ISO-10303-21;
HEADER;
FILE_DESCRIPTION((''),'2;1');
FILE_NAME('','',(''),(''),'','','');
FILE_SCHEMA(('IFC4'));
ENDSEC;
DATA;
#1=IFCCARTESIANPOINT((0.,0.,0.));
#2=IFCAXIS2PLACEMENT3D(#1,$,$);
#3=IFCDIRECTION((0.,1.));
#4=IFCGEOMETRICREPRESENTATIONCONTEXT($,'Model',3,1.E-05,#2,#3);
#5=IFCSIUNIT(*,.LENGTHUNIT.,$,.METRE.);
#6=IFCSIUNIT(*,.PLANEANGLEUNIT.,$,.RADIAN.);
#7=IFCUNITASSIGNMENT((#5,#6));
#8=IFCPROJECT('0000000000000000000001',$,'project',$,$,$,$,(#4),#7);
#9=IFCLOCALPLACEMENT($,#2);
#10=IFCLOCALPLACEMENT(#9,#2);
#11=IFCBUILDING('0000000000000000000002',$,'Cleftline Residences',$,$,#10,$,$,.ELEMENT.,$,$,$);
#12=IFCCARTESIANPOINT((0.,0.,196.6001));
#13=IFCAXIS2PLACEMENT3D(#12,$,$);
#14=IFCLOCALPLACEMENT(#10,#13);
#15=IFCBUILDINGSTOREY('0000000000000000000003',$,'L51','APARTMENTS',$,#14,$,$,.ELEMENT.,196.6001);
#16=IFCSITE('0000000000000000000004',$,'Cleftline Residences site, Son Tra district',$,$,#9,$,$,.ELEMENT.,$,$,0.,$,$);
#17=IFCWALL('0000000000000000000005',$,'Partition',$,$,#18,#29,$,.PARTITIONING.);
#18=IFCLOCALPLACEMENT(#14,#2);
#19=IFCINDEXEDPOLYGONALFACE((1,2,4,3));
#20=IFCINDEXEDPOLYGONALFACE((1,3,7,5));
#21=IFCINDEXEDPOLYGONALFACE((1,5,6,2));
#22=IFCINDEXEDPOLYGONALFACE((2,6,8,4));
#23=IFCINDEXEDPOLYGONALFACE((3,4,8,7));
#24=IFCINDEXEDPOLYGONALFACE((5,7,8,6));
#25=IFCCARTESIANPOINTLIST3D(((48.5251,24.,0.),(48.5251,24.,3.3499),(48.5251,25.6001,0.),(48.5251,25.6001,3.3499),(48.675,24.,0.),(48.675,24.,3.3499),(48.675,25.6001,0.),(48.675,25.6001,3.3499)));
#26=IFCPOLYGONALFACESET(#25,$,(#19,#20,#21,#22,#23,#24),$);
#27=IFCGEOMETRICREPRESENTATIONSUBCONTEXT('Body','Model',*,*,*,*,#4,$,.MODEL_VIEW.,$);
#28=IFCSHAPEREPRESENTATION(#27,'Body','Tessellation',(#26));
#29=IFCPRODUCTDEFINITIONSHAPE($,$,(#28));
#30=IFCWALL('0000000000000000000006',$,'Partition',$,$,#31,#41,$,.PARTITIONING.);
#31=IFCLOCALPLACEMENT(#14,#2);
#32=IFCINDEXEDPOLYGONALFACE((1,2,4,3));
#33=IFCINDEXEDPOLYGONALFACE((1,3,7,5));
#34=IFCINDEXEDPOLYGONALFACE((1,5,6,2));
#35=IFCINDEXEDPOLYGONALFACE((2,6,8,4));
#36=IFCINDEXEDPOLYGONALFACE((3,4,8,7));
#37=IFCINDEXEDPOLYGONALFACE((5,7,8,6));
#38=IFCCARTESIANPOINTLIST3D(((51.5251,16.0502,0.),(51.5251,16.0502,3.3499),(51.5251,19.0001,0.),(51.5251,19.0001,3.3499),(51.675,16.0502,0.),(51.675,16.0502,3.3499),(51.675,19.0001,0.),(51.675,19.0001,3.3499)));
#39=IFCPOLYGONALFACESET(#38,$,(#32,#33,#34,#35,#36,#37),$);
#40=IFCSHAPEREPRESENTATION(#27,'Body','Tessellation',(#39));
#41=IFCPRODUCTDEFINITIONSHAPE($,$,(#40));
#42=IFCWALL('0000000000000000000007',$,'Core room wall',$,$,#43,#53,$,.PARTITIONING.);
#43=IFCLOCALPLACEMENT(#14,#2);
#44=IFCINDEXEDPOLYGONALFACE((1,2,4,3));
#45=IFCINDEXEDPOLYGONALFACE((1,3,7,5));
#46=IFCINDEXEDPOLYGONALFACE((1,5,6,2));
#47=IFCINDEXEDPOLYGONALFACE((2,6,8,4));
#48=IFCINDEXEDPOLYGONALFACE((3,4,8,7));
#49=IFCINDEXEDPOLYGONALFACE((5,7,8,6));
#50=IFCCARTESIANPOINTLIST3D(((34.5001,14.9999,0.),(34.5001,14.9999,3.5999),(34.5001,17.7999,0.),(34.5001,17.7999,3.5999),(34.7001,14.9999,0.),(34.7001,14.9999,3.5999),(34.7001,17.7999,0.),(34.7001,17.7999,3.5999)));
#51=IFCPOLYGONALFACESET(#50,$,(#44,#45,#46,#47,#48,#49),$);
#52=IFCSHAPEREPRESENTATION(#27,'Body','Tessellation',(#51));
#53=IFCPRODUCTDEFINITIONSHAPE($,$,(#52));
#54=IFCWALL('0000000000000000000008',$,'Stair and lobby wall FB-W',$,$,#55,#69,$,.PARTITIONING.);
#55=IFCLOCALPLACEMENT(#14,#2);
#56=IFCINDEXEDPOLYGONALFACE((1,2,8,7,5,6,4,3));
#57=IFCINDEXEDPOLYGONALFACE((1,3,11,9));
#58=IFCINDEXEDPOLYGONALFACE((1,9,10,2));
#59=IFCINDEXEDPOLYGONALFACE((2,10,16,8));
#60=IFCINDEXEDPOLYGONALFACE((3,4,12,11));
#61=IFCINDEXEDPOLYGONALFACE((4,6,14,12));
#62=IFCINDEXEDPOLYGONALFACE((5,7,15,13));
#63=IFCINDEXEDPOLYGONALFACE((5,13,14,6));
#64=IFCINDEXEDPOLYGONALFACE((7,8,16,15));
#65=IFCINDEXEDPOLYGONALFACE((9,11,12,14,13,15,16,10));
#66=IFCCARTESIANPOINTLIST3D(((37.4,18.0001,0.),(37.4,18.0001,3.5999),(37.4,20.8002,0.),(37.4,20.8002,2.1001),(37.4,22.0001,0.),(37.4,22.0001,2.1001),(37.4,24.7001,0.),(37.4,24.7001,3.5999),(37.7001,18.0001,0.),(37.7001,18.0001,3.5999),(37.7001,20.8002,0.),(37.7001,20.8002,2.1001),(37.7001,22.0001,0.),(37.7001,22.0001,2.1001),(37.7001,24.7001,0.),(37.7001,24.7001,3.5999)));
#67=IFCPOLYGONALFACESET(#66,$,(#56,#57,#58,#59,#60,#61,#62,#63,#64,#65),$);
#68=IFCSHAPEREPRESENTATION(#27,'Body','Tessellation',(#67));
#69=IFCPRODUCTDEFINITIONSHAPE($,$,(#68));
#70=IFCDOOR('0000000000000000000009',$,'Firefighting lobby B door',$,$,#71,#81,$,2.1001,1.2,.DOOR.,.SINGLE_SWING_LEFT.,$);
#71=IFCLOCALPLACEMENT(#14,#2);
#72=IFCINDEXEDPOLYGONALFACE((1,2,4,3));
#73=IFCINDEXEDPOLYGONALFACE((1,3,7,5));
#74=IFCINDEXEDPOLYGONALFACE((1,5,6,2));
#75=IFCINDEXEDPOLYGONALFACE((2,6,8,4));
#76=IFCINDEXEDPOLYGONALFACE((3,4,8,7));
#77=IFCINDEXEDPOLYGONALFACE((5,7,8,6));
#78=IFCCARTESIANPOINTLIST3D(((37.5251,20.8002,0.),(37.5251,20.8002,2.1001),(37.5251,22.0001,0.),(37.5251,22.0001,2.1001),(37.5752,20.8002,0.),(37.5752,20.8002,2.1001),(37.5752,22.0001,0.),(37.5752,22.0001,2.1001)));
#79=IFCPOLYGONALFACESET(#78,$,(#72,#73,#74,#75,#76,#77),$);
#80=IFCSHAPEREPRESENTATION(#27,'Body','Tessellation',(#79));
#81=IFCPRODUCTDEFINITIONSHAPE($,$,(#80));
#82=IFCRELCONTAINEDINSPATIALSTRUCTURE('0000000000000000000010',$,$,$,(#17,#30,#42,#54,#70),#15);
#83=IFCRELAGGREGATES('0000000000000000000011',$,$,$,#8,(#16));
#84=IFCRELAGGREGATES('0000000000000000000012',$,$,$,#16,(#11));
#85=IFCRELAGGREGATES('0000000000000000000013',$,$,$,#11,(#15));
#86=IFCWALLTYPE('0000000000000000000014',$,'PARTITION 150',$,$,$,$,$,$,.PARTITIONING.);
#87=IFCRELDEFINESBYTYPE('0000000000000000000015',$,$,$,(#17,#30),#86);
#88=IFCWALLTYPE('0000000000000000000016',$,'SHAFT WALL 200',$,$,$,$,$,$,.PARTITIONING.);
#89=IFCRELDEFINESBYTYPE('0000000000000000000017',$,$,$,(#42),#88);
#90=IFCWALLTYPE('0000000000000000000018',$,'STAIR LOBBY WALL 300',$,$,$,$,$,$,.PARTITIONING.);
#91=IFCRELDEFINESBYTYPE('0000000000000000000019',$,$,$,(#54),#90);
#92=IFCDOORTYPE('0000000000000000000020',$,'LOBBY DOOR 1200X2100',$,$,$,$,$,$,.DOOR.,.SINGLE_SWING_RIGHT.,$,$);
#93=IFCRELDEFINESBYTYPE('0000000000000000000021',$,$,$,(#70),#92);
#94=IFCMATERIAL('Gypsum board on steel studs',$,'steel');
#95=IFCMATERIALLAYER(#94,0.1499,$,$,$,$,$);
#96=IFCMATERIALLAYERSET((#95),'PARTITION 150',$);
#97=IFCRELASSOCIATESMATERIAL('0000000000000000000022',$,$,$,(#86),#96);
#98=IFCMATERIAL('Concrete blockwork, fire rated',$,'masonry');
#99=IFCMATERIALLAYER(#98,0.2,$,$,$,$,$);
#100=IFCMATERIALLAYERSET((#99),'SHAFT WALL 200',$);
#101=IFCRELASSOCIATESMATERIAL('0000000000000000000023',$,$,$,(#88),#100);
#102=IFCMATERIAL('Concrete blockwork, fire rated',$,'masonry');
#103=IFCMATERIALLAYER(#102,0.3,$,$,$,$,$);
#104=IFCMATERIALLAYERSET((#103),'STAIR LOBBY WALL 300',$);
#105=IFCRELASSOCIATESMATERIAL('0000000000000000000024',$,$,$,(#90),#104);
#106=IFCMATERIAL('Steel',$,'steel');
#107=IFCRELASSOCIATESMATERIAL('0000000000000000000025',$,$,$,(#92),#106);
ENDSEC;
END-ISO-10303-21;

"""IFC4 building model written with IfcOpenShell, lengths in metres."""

from ifc_helpers import new_model, si_unit, direction, frame, frame_2d, origin, place, context, subcontext, project, spatial, rectangle, extrude, material, layer, layer_set, type_object, element, fill, save


model = new_model("IFC4")

# Units and contexts
model_context = context("Model", 3, precision=1e-05, world=origin(), true_north=direction((0.0, 1.0)))
body_context = subcontext(model_context, "Body", "Model", "MODEL_VIEW")
ifc_project = project(units=[si_unit("LENGTHUNIT", "METRE"), si_unit("PLANEANGLEUNIT", "RADIAN")], contexts=[model_context])

# Site, building, storey
site_placement = place(None, origin())
site = spatial("IfcSite", under=ifc_project, at=site_placement, Name="Cleftline Residences site, Son Tra district", CompositionType="ELEMENT", RefElevation=0.0)
building_placement = place(site_placement, origin())
building = spatial("IfcBuilding", under=site, at=building_placement, Name="Cleftline Residences", CompositionType="ELEMENT")
storey_placement = place(building_placement, frame((0.0, 0.0, 196.6001)))
storey = spatial("IfcBuildingStorey", under=building, at=storey_placement, Name="L51", Description="APARTMENTS", CompositionType="ELEMENT", Elevation=196.6001)

# Shared definitions
ifc_material_1 = material(Name="Gypsum board on steel studs", Category="steel")
ifc_layer_1 = layer(ifc_material_1, 0.1499)
ifc_layer_set_1 = layer_set([ifc_layer_1], Name="PARTITION 150")
wall_type_1 = type_object("IfcWallType", Name="PARTITION 150", PredefinedType="PARTITIONING", material=ifc_layer_set_1)

# Walls
wall_1_placement = place(storey_placement, frame((48.6001, 24.0, 0.0), z_axis=(0.0, 0.0, 1.0), x_axis=(0.0, 1.0, 0.0)))
element("IfcWall", 1, at=wall_1_placement, inside=storey, type_object=wall_type_1, Name="Partition", PredefinedType="PARTITIONING", context=body_context, shape_type="SweptSolid", body=[
    extrude(rectangle(XDim=1.6001, YDim=0.1499, at=frame_2d((0.8, 0.0))), origin(), (0.0, 0.0, 1.0), 3.3499),
])
wall_2_placement = place(storey_placement, frame((51.6001, 16.05, 0.0), z_axis=(0.0, 0.0, 1.0), x_axis=(0.0, 1.0, 0.0)))
element("IfcWall", 2, at=wall_2_placement, inside=storey, type_object=wall_type_1, Name="Partition", PredefinedType="PARTITIONING", context=body_context, shape_type="SweptSolid", body=[
    extrude(rectangle(XDim=2.95, YDim=0.1499, at=frame_2d((1.4751, 0.0))), origin(), (0.0, 0.0, 1.0), 3.3499),
])
ifc_material_2 = material(Name="Concrete blockwork, fire rated", Category="masonry")
ifc_layer_2 = layer(ifc_material_2, 0.2)
ifc_layer_set_2 = layer_set([ifc_layer_2], Name="SHAFT WALL 200")
wall_type_2 = type_object("IfcWallType", Name="SHAFT WALL 200", PredefinedType="PARTITIONING", material=ifc_layer_set_2)
wall_3_placement = place(storey_placement, frame((34.6001, 15.0, 0.0), z_axis=(0.0, 0.0, 1.0), x_axis=(0.0, 1.0, 0.0)))
element("IfcWall", 3, at=wall_3_placement, inside=storey, type_object=wall_type_2, Name="Core room wall", PredefinedType="PARTITIONING", context=body_context, shape_type="SweptSolid", body=[
    extrude(rectangle(XDim=2.8, YDim=0.2, at=frame_2d((1.3999, 0.0))), origin(), (0.0, 0.0, 1.0), 3.5999),
])

# Wall, opening, door
ifc_material_3 = material(Name="Concrete blockwork, fire rated", Category="masonry")
ifc_layer_3 = layer(ifc_material_3, 0.3)
ifc_layer_set_3 = layer_set([ifc_layer_3], Name="STAIR LOBBY WALL 300")
wall_type_3 = type_object("IfcWallType", Name="STAIR LOBBY WALL 300", PredefinedType="PARTITIONING", material=ifc_layer_set_3)
wall_4_placement = place(storey_placement, frame((37.55, 18.0, 0.0), z_axis=(0.0, 0.0, 1.0), x_axis=(0.0, 1.0, 0.0)))
wall_4 = element("IfcWall", 4, at=wall_4_placement, inside=storey, type_object=wall_type_3, Name="Stair and lobby wall FB-W", PredefinedType="PARTITIONING", context=body_context, shape_type="SweptSolid", body=[
    extrude(rectangle(XDim=6.7, YDim=0.3, at=frame_2d((3.3501, 0.0))), origin(), (0.0, 0.0, 1.0), 3.5999),
])
opening_1_placement = place(wall_4_placement, frame((2.8, 0.0, 0.0)))
opening_1 = element("IfcOpeningElement", 5, at=opening_1_placement, cuts=wall_4, PredefinedType="OPENING", context=body_context, shape_type="SweptSolid", body=[
    extrude(rectangle(XDim=1.2, YDim=2.1001, at=frame_2d((0.6001, 1.05))), frame((0.0, 0.1599, 0.0), z_axis=(0.0, -1.0, 0.0), x_axis=(1.0, 0.0, 0.0)), (0.0, 0.0, 1.0), 0.3201),
])
ifc_material_4 = material(Name="Steel", Category="steel")
door_type_1 = type_object("IfcDoorType", Name="LOBBY DOOR 1200X2100", OperationType="SINGLE_SWING_RIGHT", PredefinedType="DOOR", material=ifc_material_4)
door_1_placement = place(opening_1_placement, origin())
door_1 = element("IfcDoor", 6, at=door_1_placement, inside=storey, type_object=door_type_1, Name="Firefighting lobby B door", OperationType="SINGLE_SWING_LEFT", OverallHeight=2.1001, OverallWidth=1.2, PredefinedType="DOOR", context=body_context, shape_type="SweptSolid", body=[
    extrude(rectangle(XDim=1.2, YDim=2.1001, at=frame_2d((0.6001, 1.05))), frame((0.0, 0.0249, 0.0), z_axis=(0.0, -1.0, 0.0), x_axis=(1.0, 0.0, 0.0)), (0.0, 0.0, 1.0), 0.05),
])
fill(opening_1, door_1)

save(model, "model.ifc")
